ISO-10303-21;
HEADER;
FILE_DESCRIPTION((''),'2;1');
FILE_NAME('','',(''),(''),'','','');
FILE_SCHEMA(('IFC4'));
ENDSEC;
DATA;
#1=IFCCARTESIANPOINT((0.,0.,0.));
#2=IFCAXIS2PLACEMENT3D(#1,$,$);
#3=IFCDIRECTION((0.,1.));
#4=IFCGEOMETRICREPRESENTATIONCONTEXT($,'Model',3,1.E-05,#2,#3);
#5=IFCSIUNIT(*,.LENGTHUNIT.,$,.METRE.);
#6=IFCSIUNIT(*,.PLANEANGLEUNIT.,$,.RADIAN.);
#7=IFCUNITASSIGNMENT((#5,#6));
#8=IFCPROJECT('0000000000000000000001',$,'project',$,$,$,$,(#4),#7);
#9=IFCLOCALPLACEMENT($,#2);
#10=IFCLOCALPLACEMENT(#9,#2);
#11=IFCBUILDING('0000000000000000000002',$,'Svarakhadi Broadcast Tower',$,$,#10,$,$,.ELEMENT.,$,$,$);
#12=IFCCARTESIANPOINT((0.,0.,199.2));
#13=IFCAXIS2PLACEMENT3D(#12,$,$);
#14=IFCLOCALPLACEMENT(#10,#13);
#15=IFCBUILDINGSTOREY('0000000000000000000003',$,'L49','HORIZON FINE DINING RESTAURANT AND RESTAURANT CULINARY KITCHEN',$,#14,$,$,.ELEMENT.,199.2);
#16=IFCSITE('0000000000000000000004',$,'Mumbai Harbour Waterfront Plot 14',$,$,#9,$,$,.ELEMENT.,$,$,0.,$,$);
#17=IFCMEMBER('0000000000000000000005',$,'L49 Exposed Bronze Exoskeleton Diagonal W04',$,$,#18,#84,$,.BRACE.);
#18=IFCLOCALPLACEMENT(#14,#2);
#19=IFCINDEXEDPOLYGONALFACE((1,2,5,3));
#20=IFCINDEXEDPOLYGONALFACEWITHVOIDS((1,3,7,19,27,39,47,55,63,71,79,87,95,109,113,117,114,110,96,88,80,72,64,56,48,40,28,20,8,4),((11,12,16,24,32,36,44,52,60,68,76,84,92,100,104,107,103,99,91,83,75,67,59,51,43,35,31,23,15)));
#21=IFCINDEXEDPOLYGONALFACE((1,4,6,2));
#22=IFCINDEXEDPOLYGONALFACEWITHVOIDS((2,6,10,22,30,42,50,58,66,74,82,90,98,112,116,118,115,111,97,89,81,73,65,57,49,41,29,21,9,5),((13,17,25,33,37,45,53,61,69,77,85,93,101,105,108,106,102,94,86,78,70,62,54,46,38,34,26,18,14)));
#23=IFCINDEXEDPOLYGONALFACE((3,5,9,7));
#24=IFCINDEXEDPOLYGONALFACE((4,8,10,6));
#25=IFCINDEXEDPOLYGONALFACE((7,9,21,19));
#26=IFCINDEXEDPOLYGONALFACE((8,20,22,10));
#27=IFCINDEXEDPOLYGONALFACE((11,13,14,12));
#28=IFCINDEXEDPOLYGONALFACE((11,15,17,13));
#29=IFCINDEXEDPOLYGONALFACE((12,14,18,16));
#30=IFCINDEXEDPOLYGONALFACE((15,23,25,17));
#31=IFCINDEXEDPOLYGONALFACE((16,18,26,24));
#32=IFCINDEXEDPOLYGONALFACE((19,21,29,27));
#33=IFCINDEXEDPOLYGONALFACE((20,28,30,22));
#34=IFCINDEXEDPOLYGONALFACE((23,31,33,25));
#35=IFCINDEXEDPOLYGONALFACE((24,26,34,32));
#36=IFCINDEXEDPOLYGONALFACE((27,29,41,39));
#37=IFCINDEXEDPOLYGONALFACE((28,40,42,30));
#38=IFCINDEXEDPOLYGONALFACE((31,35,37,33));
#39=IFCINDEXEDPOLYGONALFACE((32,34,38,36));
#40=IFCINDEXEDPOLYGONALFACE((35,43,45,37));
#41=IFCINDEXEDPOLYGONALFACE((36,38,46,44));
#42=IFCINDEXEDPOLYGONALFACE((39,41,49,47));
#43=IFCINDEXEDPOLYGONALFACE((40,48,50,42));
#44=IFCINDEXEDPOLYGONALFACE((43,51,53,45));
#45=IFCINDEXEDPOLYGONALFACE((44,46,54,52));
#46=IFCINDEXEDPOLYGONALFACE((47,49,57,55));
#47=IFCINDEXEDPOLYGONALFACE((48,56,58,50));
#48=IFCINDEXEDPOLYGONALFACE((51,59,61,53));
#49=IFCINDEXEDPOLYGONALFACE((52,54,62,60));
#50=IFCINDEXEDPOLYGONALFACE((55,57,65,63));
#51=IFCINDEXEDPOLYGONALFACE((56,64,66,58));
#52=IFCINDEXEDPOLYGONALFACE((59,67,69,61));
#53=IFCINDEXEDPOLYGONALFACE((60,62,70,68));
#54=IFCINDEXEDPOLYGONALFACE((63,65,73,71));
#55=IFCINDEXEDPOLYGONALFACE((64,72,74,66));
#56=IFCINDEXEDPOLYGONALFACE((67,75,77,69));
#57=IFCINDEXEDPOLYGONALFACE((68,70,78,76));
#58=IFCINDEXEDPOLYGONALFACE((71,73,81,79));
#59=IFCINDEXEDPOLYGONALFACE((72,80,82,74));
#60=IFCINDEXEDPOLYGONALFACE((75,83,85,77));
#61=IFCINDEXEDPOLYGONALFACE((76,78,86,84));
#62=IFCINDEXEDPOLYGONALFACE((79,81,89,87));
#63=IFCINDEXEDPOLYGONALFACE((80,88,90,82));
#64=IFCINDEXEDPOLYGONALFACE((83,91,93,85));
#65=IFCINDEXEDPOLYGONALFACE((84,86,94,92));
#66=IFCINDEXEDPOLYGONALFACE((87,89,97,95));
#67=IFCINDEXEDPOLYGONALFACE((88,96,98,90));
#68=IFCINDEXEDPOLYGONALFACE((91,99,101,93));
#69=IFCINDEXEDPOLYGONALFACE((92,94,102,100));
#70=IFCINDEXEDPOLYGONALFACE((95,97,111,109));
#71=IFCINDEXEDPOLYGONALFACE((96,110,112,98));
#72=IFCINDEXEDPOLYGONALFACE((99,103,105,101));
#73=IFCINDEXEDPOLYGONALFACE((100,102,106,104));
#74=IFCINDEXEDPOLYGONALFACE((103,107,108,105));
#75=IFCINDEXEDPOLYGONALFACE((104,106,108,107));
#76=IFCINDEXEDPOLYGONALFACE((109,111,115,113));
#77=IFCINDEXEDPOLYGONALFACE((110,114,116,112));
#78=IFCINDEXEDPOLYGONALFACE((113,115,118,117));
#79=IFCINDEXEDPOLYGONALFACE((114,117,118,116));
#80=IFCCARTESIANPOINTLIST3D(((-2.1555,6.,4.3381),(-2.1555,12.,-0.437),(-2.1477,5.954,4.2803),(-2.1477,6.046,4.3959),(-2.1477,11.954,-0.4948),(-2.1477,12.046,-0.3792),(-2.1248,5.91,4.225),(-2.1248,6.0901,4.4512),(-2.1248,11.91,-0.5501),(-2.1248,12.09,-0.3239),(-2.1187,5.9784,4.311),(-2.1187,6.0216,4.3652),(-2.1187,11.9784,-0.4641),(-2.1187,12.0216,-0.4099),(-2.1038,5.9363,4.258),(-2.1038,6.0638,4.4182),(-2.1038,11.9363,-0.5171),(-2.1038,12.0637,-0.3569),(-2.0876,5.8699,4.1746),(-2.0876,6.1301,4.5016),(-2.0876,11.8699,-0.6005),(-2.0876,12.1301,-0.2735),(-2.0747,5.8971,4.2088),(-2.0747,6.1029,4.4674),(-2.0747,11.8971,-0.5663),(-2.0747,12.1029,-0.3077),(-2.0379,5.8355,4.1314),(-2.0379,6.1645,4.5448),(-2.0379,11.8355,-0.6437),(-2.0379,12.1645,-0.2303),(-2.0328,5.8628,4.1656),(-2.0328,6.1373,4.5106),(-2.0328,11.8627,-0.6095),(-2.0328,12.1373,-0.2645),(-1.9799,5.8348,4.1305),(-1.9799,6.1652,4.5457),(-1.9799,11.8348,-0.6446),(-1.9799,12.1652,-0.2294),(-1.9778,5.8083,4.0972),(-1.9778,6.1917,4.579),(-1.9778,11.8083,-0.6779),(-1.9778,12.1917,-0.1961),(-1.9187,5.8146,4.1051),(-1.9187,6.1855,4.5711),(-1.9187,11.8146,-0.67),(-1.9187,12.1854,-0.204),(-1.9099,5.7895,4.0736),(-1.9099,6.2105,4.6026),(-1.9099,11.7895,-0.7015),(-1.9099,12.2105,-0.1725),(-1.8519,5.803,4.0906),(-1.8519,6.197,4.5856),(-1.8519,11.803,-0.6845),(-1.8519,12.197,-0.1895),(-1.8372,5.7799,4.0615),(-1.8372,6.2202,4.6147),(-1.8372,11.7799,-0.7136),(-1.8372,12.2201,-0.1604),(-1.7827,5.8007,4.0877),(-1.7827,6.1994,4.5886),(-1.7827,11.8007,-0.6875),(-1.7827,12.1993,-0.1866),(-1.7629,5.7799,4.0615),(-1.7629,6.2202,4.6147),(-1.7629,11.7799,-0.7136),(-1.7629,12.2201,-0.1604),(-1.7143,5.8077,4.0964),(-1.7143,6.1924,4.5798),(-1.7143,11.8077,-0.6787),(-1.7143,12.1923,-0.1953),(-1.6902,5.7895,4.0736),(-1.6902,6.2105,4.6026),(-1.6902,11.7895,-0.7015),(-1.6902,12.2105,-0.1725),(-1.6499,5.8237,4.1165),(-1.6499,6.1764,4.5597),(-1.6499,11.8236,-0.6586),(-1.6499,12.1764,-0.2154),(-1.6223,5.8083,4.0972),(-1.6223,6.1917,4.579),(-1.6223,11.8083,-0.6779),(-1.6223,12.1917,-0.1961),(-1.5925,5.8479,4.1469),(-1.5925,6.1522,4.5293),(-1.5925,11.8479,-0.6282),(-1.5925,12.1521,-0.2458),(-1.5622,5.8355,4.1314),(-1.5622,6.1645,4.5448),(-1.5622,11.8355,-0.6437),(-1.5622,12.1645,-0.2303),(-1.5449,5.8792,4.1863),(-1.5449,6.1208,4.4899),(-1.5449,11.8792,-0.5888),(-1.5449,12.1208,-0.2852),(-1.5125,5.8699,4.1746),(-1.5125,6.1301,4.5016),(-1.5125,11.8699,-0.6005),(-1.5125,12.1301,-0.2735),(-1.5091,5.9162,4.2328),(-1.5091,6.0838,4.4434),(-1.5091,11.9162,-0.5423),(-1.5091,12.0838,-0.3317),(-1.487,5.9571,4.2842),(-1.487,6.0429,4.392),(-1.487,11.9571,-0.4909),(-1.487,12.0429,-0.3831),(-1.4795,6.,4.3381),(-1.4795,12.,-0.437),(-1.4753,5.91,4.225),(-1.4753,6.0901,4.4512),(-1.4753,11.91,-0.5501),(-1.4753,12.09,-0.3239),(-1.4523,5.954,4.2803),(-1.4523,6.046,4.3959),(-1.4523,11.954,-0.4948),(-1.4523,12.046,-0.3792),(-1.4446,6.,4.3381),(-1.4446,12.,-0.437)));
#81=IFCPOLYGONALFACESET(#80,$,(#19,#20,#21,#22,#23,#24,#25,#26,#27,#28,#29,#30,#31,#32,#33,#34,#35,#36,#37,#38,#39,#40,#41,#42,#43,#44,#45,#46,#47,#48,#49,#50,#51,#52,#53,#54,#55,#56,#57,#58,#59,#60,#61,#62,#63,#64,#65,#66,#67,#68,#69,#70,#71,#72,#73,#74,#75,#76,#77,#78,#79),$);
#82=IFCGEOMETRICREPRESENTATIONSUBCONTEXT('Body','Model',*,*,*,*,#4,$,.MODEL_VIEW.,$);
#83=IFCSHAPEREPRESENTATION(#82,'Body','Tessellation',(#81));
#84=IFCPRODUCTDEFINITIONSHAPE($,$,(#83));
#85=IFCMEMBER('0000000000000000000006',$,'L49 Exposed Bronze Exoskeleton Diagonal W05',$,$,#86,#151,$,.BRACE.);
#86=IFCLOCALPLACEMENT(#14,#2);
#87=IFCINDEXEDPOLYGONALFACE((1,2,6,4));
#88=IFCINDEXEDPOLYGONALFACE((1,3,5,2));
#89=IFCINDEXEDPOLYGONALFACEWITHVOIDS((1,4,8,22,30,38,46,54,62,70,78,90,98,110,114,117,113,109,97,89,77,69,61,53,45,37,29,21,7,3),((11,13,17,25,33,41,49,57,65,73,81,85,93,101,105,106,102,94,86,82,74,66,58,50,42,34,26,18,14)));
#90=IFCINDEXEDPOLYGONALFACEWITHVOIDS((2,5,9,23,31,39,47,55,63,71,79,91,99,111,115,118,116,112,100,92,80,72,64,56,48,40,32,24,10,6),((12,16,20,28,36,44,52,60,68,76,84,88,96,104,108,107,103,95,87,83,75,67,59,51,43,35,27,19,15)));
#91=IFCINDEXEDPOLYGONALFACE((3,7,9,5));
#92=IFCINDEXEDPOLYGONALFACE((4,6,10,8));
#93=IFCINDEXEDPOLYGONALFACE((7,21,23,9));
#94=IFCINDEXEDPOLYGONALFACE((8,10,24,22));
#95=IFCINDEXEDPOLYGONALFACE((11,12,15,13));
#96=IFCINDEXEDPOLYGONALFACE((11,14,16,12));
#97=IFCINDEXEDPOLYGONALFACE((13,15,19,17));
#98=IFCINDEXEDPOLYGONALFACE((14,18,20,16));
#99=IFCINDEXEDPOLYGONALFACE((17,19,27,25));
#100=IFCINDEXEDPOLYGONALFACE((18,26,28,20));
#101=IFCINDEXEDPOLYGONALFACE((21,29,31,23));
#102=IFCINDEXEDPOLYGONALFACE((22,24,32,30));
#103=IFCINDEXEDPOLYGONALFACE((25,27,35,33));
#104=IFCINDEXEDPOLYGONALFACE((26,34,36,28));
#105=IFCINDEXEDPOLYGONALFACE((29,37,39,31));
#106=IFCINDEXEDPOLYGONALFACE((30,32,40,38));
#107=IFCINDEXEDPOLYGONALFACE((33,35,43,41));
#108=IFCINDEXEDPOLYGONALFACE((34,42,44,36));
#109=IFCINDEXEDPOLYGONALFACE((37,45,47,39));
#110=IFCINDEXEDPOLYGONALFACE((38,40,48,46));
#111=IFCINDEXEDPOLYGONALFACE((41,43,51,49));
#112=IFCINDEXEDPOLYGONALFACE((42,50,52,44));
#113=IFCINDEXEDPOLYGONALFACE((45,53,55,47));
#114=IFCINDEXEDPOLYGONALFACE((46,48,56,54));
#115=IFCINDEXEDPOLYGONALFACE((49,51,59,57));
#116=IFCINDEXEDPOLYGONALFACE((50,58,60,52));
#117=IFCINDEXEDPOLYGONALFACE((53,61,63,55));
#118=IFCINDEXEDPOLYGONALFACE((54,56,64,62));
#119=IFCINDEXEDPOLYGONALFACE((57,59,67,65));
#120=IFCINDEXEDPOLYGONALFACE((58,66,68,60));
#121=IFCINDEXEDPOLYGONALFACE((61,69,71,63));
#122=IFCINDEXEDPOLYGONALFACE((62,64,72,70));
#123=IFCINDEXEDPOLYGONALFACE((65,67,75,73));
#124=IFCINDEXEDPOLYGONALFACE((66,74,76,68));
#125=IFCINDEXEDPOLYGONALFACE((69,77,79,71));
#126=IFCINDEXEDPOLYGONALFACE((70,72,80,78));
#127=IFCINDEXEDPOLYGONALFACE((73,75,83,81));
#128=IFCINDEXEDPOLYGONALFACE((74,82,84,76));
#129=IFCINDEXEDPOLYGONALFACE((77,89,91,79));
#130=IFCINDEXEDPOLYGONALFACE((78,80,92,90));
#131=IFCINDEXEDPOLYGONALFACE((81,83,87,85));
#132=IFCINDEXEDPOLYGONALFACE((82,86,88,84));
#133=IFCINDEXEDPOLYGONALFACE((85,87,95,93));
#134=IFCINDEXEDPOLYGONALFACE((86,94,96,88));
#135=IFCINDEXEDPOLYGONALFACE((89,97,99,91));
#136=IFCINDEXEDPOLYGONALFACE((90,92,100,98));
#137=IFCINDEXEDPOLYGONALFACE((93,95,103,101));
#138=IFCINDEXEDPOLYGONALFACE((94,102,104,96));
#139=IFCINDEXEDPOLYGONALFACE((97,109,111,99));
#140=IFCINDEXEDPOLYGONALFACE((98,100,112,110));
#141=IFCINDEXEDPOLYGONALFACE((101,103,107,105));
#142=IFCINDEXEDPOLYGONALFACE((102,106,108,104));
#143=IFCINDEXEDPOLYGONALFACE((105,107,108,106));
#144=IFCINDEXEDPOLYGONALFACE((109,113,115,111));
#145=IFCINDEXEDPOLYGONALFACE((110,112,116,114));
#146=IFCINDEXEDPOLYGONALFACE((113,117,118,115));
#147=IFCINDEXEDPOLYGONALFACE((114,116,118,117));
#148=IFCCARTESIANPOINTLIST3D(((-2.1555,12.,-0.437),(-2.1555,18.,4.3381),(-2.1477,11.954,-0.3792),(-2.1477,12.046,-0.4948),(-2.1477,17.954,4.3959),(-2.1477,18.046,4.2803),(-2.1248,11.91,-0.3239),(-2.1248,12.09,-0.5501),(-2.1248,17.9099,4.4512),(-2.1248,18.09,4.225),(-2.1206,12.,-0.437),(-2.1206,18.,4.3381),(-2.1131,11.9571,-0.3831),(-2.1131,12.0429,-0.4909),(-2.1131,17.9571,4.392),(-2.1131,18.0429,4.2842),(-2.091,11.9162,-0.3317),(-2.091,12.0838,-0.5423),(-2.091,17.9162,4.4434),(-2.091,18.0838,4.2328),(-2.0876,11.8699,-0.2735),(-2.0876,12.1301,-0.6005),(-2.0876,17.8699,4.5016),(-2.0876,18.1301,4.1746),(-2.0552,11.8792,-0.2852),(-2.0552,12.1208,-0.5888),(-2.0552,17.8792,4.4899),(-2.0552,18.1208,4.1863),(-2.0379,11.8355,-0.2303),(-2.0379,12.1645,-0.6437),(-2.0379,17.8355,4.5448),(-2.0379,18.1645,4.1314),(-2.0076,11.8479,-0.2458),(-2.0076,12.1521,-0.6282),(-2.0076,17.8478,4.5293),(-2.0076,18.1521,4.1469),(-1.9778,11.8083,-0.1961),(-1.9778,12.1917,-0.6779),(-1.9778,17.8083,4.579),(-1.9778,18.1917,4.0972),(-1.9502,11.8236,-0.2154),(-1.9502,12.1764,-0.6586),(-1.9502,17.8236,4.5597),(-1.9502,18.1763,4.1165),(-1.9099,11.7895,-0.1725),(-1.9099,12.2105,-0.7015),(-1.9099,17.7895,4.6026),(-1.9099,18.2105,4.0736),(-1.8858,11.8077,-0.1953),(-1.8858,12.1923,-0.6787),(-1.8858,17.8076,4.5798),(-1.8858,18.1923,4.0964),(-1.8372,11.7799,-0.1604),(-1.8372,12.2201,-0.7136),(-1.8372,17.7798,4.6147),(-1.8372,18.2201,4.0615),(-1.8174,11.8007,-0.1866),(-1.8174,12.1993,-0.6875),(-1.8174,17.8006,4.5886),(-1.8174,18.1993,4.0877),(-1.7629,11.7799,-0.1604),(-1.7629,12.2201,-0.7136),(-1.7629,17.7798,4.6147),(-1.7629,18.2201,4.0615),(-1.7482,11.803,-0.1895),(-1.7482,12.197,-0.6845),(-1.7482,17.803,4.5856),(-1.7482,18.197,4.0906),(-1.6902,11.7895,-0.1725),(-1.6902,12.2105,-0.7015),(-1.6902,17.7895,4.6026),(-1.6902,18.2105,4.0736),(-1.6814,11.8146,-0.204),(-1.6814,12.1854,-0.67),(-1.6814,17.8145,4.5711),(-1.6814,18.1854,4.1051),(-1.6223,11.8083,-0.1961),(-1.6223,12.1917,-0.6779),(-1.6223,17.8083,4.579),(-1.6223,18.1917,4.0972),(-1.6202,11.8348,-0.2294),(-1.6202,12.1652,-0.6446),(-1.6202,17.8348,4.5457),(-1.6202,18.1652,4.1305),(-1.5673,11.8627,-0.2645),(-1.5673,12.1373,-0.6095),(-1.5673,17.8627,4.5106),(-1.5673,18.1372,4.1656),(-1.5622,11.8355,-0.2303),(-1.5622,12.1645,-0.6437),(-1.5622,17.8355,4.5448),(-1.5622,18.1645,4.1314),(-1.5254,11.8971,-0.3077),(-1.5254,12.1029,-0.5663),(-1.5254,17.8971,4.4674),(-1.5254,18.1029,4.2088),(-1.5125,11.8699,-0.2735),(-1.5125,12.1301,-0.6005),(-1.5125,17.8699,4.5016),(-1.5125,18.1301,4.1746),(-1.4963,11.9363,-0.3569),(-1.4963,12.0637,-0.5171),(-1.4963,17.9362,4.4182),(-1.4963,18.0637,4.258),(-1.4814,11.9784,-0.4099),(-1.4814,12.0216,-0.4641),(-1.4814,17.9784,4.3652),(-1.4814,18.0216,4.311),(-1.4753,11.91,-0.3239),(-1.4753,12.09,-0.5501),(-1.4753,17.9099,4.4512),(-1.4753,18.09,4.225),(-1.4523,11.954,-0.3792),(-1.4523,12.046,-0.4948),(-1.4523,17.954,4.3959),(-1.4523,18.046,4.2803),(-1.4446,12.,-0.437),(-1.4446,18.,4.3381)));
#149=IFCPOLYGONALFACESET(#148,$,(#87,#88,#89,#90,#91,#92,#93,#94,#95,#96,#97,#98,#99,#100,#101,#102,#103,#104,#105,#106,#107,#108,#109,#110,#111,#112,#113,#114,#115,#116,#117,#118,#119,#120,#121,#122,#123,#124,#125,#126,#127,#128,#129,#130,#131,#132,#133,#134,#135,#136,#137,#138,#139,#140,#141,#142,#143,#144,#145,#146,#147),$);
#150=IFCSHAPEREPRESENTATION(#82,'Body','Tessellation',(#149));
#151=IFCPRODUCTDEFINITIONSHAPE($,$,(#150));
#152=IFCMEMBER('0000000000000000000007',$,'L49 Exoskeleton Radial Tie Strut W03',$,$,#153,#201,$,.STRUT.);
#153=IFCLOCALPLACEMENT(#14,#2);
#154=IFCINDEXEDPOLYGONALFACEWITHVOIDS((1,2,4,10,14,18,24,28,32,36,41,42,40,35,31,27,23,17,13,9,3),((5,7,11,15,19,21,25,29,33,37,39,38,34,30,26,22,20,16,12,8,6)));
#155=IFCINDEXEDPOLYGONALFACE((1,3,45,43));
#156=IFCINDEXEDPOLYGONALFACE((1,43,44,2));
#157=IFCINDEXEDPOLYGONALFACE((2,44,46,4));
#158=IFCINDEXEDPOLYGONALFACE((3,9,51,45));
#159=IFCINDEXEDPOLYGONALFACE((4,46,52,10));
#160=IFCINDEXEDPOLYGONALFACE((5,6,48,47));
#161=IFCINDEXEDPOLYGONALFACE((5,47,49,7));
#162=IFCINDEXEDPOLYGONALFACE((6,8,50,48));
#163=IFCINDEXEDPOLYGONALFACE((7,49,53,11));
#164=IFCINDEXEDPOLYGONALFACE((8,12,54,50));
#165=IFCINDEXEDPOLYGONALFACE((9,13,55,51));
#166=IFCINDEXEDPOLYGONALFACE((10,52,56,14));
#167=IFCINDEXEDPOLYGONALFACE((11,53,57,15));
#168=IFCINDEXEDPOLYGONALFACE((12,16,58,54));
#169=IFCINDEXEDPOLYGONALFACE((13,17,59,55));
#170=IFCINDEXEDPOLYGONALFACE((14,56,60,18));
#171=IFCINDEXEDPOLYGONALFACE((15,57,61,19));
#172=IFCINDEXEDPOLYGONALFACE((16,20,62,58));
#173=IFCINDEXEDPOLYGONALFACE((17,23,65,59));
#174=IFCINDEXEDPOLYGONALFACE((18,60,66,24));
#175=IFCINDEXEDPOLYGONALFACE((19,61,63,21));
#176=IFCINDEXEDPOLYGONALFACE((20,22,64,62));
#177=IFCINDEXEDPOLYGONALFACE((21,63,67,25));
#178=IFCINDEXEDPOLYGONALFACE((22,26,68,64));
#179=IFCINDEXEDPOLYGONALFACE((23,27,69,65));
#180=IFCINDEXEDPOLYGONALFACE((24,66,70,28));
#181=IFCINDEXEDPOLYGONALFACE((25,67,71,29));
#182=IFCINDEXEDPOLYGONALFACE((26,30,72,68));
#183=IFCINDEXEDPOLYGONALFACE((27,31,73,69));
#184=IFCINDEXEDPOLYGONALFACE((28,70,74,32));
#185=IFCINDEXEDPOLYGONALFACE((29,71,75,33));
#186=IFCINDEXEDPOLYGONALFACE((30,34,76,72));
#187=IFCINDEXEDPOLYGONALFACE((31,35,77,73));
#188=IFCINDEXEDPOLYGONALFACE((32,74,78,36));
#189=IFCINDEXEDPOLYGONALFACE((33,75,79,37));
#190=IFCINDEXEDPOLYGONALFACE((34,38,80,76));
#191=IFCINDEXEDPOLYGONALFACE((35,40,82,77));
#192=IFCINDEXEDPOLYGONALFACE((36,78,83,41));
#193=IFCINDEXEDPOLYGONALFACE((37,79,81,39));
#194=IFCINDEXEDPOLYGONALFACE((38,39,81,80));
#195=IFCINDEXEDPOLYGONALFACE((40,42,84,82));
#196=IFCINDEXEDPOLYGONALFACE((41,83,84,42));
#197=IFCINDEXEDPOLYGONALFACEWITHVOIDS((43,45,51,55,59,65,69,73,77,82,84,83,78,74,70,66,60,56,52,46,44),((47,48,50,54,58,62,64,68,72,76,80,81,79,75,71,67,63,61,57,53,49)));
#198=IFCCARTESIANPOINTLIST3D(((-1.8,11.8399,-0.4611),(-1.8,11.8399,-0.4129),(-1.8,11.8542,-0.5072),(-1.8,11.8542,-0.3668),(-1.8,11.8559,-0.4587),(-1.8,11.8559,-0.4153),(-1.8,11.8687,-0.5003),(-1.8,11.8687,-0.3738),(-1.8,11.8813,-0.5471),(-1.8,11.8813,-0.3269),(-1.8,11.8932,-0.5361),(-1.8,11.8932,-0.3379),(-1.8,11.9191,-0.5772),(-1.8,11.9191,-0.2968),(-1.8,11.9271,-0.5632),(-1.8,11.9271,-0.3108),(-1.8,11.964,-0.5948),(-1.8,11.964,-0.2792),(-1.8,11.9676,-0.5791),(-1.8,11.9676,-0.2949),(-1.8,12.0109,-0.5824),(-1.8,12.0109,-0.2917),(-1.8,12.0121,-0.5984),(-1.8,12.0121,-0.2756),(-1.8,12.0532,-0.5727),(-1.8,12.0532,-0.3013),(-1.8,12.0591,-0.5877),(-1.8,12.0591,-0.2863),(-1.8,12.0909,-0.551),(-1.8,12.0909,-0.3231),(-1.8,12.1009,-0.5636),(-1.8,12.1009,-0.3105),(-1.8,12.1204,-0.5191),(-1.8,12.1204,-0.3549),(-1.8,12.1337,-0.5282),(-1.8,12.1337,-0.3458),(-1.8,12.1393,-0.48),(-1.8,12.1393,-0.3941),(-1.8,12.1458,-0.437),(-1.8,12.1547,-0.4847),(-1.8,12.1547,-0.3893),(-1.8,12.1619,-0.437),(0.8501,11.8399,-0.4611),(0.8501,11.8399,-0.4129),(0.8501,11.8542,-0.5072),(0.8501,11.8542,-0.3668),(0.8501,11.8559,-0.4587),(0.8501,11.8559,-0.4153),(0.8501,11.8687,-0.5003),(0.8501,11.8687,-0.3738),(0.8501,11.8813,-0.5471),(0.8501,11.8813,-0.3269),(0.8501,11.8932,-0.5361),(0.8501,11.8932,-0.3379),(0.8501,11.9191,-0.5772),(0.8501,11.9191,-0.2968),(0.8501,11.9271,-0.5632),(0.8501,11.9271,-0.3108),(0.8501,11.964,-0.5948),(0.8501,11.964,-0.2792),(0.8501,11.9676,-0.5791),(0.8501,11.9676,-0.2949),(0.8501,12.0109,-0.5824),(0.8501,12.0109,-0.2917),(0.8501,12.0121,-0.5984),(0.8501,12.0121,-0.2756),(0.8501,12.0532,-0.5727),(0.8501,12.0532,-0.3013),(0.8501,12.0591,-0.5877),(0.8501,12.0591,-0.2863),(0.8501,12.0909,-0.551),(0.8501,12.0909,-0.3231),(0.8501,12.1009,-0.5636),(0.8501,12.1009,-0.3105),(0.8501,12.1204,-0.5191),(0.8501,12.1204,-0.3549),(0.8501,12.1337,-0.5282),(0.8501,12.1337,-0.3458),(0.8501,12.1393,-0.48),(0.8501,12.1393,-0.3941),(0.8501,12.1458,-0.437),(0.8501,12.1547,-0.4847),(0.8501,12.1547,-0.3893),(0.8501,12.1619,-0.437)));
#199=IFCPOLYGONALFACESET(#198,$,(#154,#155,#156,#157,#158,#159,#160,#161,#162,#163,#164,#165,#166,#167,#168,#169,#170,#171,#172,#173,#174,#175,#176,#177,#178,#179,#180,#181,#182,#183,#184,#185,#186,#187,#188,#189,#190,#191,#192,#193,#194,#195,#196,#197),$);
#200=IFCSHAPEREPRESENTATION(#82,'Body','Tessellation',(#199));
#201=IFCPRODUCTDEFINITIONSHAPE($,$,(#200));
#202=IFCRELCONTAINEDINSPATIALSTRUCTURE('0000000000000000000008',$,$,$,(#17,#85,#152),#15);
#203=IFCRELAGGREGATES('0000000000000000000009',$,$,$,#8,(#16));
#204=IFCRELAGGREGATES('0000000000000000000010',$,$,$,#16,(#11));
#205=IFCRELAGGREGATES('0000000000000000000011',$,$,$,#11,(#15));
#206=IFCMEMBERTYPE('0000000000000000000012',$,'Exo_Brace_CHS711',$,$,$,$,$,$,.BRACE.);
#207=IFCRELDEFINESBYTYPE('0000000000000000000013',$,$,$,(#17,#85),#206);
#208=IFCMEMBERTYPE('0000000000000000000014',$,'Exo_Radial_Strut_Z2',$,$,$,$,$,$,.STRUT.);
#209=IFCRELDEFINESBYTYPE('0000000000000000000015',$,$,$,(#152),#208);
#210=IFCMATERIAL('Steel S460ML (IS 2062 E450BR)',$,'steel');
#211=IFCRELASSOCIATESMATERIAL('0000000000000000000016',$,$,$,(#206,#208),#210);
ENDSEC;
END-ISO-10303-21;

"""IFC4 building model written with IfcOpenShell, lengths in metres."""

from ifc_helpers import new_model, si_unit, direction, frame, origin, origin_2d, place, context, subcontext, project, spatial, hollow_circle, extrude, material, material_profile, profile_set, type_object, element, save


model = new_model("IFC4")

# Units and contexts
model_context = context("Model", 3, precision=1e-05, world=origin(), true_north=direction((0.0, 1.0)))
body_context = subcontext(model_context, "Body", "Model", "MODEL_VIEW")
ifc_project = project(units=[si_unit("LENGTHUNIT", "METRE"), si_unit("PLANEANGLEUNIT", "RADIAN")], contexts=[model_context])

# Site, building, storey
site_placement = place(None, origin())
site = spatial("IfcSite", under=ifc_project, at=site_placement, Name="Mumbai Harbour Waterfront Plot 14", CompositionType="ELEMENT", RefElevation=0.0)
building_placement = place(site_placement, origin())
building = spatial("IfcBuilding", under=site, at=building_placement, Name="Svarakhadi Broadcast Tower", CompositionType="ELEMENT")
storey_placement = place(building_placement, frame((0.0, 0.0, 199.2)))
storey = spatial("IfcBuildingStorey", under=building, at=storey_placement, Name="L49", Description="HORIZON FINE DINING RESTAURANT AND RESTAURANT CULINARY KITCHEN", CompositionType="ELEMENT", Elevation=199.2)

# Shared definitions
ifc_material_1 = material(Name="Steel S460ML (IS 2062 E450BR)", Category="steel")

# Members
ifc_material_profile_1 = material_profile(ifc_material_1, hollow_circle(Radius=0.3555, WallThickness=0.0349, at=origin_2d()), Name="CHS 711x35")
ifc_profile_set_1 = profile_set([ifc_material_profile_1], Name="Steel S460ML (IS 2062 E450BR)")
member_type_1 = type_object("IfcMemberType", Name="Exo_Brace_CHS711", PredefinedType="BRACE", material=ifc_profile_set_1)
for number, where, z_axis, x_axis, name in (
    (1, (-1.8, 12.0, -0.437), (0.0, -0.782447, 0.622717), (1.0, 0.0, 0.0), "L49 Exposed Bronze Exoskeleton Diagonal W04"),
    (2, (-1.8, 12.0, -0.437), (0.0, 0.782447, 0.622717), (-1.0, 0.0, 0.0), "L49 Exposed Bronze Exoskeleton Diagonal W05"),
):
    element("IfcMember", number, at=place(storey_placement, frame(where, z_axis=z_axis, x_axis=x_axis)), inside=storey, type_object=member_type_1, Name=name, PredefinedType="BRACE", context=body_context, shape_type="SweptSolid", body=[
        extrude(hollow_circle(Radius=0.3555, WallThickness=0.0349, at=origin_2d()), origin(), (0.0, 0.0, 1.0), 7.6682),
    ])
ifc_material_profile_2 = material_profile(ifc_material_1, hollow_circle(Radius=0.1619, WallThickness=0.0161, at=origin_2d()), Name="CHS 323.9x16")
ifc_profile_set_2 = profile_set([ifc_material_profile_2], Name="Steel S460ML (IS 2062 E450BR)")
member_type_2 = type_object("IfcMemberType", Name="Exo_Radial_Strut_Z2", PredefinedType="STRUT", material=ifc_profile_set_2)
member_1_placement = place(storey_placement, frame((-1.8, 12.0, -0.437), z_axis=(1.0, 0.0, 0.0), x_axis=(0.0, 1.0, 0.0)))
element("IfcMember", 3, at=member_1_placement, inside=storey, type_object=member_type_2, Name="L49 Exoskeleton Radial Tie Strut W03", PredefinedType="STRUT", context=body_context, shape_type="SweptSolid", body=[
    extrude(hollow_circle(Radius=0.1619, WallThickness=0.0161, at=origin_2d()), origin(), (0.0, 0.0, 1.0), 2.6501),
])

save(model, "model.ifc")
